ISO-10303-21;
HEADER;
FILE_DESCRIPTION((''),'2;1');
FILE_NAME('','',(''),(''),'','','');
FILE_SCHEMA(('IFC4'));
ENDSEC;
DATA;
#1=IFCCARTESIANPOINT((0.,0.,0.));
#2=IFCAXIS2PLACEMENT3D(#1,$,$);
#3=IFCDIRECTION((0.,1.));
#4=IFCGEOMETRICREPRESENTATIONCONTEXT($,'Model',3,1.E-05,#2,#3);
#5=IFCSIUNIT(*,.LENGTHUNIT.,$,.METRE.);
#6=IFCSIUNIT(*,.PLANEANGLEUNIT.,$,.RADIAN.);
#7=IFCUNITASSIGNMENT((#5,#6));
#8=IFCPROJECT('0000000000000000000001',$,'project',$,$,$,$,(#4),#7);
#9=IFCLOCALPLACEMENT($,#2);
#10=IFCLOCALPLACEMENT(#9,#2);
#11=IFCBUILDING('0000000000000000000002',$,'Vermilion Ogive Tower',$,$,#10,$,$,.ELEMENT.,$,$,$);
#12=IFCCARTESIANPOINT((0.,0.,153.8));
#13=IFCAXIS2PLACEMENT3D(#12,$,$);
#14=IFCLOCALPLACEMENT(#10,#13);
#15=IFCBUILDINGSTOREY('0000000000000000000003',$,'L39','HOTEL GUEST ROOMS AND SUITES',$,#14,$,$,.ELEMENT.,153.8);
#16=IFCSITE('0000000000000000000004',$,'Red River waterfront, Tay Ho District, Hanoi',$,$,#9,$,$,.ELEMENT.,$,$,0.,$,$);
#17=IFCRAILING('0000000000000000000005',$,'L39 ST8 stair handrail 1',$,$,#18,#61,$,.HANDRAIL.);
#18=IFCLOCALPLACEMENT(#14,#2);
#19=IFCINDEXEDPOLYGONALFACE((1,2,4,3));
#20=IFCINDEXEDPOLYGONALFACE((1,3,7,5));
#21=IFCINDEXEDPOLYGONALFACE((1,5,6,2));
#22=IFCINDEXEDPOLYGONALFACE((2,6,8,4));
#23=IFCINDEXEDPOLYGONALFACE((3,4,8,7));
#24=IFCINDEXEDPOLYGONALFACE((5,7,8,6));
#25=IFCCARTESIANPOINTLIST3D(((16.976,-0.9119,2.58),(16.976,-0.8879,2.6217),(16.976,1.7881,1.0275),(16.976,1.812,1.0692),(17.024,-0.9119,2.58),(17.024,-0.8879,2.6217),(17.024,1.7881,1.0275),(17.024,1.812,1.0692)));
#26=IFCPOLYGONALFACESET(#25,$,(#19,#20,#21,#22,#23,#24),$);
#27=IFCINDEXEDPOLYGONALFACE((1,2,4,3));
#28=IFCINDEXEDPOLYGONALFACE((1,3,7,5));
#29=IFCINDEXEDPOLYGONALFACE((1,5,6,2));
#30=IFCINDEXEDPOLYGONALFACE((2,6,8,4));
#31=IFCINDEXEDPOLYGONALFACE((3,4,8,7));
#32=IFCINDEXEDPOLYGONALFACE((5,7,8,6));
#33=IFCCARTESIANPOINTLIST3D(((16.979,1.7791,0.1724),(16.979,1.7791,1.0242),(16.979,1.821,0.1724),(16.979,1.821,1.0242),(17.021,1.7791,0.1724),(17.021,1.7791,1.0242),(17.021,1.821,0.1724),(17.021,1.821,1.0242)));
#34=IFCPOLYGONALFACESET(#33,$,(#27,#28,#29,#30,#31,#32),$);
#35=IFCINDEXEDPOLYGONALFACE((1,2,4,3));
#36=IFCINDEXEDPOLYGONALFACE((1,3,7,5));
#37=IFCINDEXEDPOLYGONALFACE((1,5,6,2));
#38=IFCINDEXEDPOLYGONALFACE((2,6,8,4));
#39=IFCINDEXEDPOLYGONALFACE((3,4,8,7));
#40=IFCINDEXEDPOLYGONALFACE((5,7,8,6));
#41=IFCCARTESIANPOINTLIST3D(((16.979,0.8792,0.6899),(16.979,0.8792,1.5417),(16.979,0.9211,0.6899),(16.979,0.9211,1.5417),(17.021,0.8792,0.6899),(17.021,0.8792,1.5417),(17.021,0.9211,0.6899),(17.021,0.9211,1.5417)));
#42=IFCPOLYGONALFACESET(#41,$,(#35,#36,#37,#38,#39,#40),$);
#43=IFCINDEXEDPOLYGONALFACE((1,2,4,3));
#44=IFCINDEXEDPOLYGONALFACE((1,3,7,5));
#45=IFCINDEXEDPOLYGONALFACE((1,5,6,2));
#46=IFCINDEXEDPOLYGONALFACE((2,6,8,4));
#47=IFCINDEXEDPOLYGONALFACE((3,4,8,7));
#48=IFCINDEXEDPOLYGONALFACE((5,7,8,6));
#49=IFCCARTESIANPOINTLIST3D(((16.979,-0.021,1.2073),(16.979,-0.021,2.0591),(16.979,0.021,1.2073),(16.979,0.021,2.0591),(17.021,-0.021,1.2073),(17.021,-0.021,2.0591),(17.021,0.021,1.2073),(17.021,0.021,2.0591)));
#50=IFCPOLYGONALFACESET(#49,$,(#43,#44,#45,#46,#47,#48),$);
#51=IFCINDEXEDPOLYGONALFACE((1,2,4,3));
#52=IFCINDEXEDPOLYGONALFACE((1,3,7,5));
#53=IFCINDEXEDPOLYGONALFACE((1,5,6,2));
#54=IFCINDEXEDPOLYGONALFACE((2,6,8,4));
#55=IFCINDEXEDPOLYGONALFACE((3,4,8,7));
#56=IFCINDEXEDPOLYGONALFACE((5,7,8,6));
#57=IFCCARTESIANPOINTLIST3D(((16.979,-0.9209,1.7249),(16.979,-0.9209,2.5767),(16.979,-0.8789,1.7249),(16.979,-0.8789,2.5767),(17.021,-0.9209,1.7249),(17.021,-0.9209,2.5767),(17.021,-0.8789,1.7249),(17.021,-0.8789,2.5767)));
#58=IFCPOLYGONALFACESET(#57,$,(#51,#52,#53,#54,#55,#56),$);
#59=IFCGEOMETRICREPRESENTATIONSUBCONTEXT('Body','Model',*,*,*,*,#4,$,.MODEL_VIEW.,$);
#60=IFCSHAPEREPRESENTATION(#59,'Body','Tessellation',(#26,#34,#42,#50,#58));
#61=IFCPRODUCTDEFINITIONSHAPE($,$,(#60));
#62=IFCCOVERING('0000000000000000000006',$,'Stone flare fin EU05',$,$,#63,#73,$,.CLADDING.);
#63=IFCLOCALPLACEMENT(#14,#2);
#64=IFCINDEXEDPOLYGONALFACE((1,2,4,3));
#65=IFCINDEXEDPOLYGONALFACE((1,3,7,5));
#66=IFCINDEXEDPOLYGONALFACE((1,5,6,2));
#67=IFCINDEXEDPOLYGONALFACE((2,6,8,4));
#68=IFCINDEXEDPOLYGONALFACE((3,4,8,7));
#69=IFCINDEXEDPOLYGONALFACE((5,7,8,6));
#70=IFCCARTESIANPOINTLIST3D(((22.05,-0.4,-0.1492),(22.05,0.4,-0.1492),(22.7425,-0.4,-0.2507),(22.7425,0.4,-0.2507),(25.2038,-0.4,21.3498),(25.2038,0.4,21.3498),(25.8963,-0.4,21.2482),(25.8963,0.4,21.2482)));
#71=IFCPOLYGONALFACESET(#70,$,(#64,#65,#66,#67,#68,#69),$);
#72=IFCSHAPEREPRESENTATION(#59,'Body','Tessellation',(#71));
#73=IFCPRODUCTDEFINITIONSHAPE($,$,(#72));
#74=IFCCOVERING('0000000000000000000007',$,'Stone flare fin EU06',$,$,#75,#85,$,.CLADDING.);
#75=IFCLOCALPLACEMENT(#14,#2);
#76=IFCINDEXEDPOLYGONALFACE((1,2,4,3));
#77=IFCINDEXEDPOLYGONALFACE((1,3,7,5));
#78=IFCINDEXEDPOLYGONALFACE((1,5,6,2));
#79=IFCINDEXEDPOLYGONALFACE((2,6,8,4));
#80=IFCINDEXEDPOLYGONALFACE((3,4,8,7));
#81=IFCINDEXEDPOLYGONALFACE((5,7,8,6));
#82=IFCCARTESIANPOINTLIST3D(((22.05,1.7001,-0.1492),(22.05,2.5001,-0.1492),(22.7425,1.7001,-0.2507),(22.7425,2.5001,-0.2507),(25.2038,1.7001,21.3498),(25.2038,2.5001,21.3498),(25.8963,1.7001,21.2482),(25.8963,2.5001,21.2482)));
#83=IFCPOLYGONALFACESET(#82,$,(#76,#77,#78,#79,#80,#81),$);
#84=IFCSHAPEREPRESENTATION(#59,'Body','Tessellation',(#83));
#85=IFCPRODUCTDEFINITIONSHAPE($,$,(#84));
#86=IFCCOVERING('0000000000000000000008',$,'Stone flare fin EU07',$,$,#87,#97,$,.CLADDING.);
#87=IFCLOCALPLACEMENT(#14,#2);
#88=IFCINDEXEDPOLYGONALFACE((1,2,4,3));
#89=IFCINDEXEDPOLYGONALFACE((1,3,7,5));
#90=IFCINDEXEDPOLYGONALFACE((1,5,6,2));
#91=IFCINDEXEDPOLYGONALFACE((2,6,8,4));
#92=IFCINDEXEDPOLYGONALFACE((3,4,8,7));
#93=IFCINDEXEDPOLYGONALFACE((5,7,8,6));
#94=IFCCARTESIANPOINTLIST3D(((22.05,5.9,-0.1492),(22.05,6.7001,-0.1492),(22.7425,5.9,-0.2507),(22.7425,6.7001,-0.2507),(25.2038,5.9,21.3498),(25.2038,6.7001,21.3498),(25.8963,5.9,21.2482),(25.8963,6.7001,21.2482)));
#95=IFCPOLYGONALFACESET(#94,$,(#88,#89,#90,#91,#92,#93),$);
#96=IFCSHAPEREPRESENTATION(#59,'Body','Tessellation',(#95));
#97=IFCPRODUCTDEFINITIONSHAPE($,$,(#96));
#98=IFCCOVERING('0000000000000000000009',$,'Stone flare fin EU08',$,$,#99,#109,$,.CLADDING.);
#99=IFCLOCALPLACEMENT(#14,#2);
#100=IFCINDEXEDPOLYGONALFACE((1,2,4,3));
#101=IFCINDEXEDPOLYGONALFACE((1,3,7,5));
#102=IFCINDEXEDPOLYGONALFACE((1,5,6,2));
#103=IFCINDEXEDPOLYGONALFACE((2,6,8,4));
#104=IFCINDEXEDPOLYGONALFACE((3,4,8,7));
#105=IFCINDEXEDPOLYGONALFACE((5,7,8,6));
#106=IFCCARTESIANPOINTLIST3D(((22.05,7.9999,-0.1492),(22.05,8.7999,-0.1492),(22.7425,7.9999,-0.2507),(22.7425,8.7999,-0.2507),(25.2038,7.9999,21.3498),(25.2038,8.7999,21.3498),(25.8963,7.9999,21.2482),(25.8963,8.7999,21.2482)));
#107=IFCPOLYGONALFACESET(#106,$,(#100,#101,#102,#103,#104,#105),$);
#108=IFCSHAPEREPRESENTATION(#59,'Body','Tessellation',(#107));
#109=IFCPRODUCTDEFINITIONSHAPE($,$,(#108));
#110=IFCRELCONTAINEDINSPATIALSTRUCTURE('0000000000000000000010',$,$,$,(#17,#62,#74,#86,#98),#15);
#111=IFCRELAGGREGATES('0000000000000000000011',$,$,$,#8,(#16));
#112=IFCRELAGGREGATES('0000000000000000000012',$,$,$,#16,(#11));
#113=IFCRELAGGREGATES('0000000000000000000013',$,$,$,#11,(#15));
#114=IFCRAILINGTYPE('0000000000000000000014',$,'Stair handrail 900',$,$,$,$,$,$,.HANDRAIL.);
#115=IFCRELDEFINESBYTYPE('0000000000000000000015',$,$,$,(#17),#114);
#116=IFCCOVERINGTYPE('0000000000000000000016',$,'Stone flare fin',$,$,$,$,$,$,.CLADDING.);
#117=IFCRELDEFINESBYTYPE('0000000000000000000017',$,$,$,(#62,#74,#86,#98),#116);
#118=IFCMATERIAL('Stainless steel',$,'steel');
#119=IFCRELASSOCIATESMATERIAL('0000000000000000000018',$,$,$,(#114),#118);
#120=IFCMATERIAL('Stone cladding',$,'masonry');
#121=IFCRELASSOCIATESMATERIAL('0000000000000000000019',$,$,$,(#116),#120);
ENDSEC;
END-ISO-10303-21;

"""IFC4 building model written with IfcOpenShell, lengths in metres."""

from ifc_helpers import new_model, si_unit, direction, frame, origin, origin_2d, place, context, subcontext, project, spatial, rectangle, extrude, material, material_profile, profile_set, type_object, element, save


model = new_model("IFC4")

# Units and contexts
model_context = context("Model", 3, precision=1e-05, world=origin(), true_north=direction((0.0, 1.0)))
body_context = subcontext(model_context, "Body", "Model", "MODEL_VIEW")
ifc_project = project(units=[si_unit("LENGTHUNIT", "METRE"), si_unit("PLANEANGLEUNIT", "RADIAN")], contexts=[model_context])

# Site, building, storey
site_placement = place(None, origin())
site = spatial("IfcSite", under=ifc_project, at=site_placement, Name="Red River waterfront, Tay Ho District, Hanoi", CompositionType="ELEMENT", RefElevation=0.0)
building_placement = place(site_placement, origin())
building = spatial("IfcBuilding", under=site, at=building_placement, Name="Vermilion Ogive Tower", CompositionType="ELEMENT")
storey_placement = place(building_placement, frame((0.0, 0.0, 153.8)))
storey = spatial("IfcBuildingStorey", under=building, at=storey_placement, Name="L39", Description="HOTEL GUEST ROOMS AND SUITES", CompositionType="ELEMENT", Elevation=153.8)

# Railing
ifc_material_1 = material(Name="Stainless steel", Category="steel")
railing_type_1 = type_object("IfcRailingType", Name="Stair handrail 900", PredefinedType="HANDRAIL", material=ifc_material_1)
railing_1_placement = place(storey_placement, frame((17.0, 1.8, 0.1724)))
element("IfcRailing", 1, at=railing_1_placement, inside=storey, type_object=railing_type_1, Name="L39 ST8 stair handrail 1", PredefinedType="HANDRAIL", context=body_context, shape_type="SweptSolid", body=[
    extrude(rectangle(XDim=0.0481, YDim=0.0481, at=origin_2d()), frame((0.0, 0.0, 0.876), z_axis=(0.0, -0.866904, 0.498476), x_axis=(1.0, 0.0, 0.0)), (0.0, 0.0, 1.0), 3.1145),
    extrude(rectangle(XDim=0.042, YDim=0.042, at=origin_2d()), origin(), (0.0, 0.0, 1.0), 0.8518),
    extrude(rectangle(XDim=0.042, YDim=0.042, at=origin_2d()), frame((0.0, -0.8999, 0.5176)), (0.0, 0.0, 1.0), 0.8518),
    extrude(rectangle(XDim=0.042, YDim=0.042, at=origin_2d()), frame((0.0, -1.8, 1.0349)), (0.0, 0.0, 1.0), 0.8518),
    extrude(rectangle(XDim=0.042, YDim=0.042, at=origin_2d()), frame((0.0, -2.7, 1.5525)), (0.0, 0.0, 1.0), 0.8518),
])

# Coverings
ifc_material_2 = material(Name="Stone cladding", Category="masonry")
ifc_material_profile_1 = material_profile(ifc_material_2, rectangle(XDim=0.8, YDim=0.7, at=origin_2d()), Name="STONE 800x700")
ifc_profile_set_1 = profile_set([ifc_material_profile_1], Name="Stone cladding")
covering_type = type_object("IfcCoveringType", Name="Stone flare fin", PredefinedType="CLADDING", material=ifc_profile_set_1)
for number, where, z_axis, x_axis, name in (
    (2, (22.3962, 0.0, -0.2), (0.145142, 0.0, 0.989411), (0.0, 1.0, 0.0), "Stone flare fin EU05"),
    (3, (22.3962, 2.1001, -0.2), (0.145142, 0.0, 0.989411), (0.0, 1.0, 0.0), "Stone flare fin EU06"),
    (4, (22.3962, 6.3, -0.2), (0.145142, 0.0, 0.989411), (0.0, 1.0, 0.0), "Stone flare fin EU07"),
    (5, (22.3962, 8.3999, -0.2), (0.145142, 0.0, 0.989411), (0.0, 1.0, 0.0), "Stone flare fin EU08"),
):
    element("IfcCovering", number, at=place(storey_placement, frame(where, z_axis=z_axis, x_axis=x_axis)), inside=storey, type_object=covering_type, Name=name, PredefinedType="CLADDING", context=body_context, shape_type="SweptSolid", body=[
        extrude(rectangle(XDim=0.8, YDim=0.7, at=origin_2d()), origin(), (0.0, 0.0, 1.0), 21.729),
    ])

save(model, "model.ifc")
